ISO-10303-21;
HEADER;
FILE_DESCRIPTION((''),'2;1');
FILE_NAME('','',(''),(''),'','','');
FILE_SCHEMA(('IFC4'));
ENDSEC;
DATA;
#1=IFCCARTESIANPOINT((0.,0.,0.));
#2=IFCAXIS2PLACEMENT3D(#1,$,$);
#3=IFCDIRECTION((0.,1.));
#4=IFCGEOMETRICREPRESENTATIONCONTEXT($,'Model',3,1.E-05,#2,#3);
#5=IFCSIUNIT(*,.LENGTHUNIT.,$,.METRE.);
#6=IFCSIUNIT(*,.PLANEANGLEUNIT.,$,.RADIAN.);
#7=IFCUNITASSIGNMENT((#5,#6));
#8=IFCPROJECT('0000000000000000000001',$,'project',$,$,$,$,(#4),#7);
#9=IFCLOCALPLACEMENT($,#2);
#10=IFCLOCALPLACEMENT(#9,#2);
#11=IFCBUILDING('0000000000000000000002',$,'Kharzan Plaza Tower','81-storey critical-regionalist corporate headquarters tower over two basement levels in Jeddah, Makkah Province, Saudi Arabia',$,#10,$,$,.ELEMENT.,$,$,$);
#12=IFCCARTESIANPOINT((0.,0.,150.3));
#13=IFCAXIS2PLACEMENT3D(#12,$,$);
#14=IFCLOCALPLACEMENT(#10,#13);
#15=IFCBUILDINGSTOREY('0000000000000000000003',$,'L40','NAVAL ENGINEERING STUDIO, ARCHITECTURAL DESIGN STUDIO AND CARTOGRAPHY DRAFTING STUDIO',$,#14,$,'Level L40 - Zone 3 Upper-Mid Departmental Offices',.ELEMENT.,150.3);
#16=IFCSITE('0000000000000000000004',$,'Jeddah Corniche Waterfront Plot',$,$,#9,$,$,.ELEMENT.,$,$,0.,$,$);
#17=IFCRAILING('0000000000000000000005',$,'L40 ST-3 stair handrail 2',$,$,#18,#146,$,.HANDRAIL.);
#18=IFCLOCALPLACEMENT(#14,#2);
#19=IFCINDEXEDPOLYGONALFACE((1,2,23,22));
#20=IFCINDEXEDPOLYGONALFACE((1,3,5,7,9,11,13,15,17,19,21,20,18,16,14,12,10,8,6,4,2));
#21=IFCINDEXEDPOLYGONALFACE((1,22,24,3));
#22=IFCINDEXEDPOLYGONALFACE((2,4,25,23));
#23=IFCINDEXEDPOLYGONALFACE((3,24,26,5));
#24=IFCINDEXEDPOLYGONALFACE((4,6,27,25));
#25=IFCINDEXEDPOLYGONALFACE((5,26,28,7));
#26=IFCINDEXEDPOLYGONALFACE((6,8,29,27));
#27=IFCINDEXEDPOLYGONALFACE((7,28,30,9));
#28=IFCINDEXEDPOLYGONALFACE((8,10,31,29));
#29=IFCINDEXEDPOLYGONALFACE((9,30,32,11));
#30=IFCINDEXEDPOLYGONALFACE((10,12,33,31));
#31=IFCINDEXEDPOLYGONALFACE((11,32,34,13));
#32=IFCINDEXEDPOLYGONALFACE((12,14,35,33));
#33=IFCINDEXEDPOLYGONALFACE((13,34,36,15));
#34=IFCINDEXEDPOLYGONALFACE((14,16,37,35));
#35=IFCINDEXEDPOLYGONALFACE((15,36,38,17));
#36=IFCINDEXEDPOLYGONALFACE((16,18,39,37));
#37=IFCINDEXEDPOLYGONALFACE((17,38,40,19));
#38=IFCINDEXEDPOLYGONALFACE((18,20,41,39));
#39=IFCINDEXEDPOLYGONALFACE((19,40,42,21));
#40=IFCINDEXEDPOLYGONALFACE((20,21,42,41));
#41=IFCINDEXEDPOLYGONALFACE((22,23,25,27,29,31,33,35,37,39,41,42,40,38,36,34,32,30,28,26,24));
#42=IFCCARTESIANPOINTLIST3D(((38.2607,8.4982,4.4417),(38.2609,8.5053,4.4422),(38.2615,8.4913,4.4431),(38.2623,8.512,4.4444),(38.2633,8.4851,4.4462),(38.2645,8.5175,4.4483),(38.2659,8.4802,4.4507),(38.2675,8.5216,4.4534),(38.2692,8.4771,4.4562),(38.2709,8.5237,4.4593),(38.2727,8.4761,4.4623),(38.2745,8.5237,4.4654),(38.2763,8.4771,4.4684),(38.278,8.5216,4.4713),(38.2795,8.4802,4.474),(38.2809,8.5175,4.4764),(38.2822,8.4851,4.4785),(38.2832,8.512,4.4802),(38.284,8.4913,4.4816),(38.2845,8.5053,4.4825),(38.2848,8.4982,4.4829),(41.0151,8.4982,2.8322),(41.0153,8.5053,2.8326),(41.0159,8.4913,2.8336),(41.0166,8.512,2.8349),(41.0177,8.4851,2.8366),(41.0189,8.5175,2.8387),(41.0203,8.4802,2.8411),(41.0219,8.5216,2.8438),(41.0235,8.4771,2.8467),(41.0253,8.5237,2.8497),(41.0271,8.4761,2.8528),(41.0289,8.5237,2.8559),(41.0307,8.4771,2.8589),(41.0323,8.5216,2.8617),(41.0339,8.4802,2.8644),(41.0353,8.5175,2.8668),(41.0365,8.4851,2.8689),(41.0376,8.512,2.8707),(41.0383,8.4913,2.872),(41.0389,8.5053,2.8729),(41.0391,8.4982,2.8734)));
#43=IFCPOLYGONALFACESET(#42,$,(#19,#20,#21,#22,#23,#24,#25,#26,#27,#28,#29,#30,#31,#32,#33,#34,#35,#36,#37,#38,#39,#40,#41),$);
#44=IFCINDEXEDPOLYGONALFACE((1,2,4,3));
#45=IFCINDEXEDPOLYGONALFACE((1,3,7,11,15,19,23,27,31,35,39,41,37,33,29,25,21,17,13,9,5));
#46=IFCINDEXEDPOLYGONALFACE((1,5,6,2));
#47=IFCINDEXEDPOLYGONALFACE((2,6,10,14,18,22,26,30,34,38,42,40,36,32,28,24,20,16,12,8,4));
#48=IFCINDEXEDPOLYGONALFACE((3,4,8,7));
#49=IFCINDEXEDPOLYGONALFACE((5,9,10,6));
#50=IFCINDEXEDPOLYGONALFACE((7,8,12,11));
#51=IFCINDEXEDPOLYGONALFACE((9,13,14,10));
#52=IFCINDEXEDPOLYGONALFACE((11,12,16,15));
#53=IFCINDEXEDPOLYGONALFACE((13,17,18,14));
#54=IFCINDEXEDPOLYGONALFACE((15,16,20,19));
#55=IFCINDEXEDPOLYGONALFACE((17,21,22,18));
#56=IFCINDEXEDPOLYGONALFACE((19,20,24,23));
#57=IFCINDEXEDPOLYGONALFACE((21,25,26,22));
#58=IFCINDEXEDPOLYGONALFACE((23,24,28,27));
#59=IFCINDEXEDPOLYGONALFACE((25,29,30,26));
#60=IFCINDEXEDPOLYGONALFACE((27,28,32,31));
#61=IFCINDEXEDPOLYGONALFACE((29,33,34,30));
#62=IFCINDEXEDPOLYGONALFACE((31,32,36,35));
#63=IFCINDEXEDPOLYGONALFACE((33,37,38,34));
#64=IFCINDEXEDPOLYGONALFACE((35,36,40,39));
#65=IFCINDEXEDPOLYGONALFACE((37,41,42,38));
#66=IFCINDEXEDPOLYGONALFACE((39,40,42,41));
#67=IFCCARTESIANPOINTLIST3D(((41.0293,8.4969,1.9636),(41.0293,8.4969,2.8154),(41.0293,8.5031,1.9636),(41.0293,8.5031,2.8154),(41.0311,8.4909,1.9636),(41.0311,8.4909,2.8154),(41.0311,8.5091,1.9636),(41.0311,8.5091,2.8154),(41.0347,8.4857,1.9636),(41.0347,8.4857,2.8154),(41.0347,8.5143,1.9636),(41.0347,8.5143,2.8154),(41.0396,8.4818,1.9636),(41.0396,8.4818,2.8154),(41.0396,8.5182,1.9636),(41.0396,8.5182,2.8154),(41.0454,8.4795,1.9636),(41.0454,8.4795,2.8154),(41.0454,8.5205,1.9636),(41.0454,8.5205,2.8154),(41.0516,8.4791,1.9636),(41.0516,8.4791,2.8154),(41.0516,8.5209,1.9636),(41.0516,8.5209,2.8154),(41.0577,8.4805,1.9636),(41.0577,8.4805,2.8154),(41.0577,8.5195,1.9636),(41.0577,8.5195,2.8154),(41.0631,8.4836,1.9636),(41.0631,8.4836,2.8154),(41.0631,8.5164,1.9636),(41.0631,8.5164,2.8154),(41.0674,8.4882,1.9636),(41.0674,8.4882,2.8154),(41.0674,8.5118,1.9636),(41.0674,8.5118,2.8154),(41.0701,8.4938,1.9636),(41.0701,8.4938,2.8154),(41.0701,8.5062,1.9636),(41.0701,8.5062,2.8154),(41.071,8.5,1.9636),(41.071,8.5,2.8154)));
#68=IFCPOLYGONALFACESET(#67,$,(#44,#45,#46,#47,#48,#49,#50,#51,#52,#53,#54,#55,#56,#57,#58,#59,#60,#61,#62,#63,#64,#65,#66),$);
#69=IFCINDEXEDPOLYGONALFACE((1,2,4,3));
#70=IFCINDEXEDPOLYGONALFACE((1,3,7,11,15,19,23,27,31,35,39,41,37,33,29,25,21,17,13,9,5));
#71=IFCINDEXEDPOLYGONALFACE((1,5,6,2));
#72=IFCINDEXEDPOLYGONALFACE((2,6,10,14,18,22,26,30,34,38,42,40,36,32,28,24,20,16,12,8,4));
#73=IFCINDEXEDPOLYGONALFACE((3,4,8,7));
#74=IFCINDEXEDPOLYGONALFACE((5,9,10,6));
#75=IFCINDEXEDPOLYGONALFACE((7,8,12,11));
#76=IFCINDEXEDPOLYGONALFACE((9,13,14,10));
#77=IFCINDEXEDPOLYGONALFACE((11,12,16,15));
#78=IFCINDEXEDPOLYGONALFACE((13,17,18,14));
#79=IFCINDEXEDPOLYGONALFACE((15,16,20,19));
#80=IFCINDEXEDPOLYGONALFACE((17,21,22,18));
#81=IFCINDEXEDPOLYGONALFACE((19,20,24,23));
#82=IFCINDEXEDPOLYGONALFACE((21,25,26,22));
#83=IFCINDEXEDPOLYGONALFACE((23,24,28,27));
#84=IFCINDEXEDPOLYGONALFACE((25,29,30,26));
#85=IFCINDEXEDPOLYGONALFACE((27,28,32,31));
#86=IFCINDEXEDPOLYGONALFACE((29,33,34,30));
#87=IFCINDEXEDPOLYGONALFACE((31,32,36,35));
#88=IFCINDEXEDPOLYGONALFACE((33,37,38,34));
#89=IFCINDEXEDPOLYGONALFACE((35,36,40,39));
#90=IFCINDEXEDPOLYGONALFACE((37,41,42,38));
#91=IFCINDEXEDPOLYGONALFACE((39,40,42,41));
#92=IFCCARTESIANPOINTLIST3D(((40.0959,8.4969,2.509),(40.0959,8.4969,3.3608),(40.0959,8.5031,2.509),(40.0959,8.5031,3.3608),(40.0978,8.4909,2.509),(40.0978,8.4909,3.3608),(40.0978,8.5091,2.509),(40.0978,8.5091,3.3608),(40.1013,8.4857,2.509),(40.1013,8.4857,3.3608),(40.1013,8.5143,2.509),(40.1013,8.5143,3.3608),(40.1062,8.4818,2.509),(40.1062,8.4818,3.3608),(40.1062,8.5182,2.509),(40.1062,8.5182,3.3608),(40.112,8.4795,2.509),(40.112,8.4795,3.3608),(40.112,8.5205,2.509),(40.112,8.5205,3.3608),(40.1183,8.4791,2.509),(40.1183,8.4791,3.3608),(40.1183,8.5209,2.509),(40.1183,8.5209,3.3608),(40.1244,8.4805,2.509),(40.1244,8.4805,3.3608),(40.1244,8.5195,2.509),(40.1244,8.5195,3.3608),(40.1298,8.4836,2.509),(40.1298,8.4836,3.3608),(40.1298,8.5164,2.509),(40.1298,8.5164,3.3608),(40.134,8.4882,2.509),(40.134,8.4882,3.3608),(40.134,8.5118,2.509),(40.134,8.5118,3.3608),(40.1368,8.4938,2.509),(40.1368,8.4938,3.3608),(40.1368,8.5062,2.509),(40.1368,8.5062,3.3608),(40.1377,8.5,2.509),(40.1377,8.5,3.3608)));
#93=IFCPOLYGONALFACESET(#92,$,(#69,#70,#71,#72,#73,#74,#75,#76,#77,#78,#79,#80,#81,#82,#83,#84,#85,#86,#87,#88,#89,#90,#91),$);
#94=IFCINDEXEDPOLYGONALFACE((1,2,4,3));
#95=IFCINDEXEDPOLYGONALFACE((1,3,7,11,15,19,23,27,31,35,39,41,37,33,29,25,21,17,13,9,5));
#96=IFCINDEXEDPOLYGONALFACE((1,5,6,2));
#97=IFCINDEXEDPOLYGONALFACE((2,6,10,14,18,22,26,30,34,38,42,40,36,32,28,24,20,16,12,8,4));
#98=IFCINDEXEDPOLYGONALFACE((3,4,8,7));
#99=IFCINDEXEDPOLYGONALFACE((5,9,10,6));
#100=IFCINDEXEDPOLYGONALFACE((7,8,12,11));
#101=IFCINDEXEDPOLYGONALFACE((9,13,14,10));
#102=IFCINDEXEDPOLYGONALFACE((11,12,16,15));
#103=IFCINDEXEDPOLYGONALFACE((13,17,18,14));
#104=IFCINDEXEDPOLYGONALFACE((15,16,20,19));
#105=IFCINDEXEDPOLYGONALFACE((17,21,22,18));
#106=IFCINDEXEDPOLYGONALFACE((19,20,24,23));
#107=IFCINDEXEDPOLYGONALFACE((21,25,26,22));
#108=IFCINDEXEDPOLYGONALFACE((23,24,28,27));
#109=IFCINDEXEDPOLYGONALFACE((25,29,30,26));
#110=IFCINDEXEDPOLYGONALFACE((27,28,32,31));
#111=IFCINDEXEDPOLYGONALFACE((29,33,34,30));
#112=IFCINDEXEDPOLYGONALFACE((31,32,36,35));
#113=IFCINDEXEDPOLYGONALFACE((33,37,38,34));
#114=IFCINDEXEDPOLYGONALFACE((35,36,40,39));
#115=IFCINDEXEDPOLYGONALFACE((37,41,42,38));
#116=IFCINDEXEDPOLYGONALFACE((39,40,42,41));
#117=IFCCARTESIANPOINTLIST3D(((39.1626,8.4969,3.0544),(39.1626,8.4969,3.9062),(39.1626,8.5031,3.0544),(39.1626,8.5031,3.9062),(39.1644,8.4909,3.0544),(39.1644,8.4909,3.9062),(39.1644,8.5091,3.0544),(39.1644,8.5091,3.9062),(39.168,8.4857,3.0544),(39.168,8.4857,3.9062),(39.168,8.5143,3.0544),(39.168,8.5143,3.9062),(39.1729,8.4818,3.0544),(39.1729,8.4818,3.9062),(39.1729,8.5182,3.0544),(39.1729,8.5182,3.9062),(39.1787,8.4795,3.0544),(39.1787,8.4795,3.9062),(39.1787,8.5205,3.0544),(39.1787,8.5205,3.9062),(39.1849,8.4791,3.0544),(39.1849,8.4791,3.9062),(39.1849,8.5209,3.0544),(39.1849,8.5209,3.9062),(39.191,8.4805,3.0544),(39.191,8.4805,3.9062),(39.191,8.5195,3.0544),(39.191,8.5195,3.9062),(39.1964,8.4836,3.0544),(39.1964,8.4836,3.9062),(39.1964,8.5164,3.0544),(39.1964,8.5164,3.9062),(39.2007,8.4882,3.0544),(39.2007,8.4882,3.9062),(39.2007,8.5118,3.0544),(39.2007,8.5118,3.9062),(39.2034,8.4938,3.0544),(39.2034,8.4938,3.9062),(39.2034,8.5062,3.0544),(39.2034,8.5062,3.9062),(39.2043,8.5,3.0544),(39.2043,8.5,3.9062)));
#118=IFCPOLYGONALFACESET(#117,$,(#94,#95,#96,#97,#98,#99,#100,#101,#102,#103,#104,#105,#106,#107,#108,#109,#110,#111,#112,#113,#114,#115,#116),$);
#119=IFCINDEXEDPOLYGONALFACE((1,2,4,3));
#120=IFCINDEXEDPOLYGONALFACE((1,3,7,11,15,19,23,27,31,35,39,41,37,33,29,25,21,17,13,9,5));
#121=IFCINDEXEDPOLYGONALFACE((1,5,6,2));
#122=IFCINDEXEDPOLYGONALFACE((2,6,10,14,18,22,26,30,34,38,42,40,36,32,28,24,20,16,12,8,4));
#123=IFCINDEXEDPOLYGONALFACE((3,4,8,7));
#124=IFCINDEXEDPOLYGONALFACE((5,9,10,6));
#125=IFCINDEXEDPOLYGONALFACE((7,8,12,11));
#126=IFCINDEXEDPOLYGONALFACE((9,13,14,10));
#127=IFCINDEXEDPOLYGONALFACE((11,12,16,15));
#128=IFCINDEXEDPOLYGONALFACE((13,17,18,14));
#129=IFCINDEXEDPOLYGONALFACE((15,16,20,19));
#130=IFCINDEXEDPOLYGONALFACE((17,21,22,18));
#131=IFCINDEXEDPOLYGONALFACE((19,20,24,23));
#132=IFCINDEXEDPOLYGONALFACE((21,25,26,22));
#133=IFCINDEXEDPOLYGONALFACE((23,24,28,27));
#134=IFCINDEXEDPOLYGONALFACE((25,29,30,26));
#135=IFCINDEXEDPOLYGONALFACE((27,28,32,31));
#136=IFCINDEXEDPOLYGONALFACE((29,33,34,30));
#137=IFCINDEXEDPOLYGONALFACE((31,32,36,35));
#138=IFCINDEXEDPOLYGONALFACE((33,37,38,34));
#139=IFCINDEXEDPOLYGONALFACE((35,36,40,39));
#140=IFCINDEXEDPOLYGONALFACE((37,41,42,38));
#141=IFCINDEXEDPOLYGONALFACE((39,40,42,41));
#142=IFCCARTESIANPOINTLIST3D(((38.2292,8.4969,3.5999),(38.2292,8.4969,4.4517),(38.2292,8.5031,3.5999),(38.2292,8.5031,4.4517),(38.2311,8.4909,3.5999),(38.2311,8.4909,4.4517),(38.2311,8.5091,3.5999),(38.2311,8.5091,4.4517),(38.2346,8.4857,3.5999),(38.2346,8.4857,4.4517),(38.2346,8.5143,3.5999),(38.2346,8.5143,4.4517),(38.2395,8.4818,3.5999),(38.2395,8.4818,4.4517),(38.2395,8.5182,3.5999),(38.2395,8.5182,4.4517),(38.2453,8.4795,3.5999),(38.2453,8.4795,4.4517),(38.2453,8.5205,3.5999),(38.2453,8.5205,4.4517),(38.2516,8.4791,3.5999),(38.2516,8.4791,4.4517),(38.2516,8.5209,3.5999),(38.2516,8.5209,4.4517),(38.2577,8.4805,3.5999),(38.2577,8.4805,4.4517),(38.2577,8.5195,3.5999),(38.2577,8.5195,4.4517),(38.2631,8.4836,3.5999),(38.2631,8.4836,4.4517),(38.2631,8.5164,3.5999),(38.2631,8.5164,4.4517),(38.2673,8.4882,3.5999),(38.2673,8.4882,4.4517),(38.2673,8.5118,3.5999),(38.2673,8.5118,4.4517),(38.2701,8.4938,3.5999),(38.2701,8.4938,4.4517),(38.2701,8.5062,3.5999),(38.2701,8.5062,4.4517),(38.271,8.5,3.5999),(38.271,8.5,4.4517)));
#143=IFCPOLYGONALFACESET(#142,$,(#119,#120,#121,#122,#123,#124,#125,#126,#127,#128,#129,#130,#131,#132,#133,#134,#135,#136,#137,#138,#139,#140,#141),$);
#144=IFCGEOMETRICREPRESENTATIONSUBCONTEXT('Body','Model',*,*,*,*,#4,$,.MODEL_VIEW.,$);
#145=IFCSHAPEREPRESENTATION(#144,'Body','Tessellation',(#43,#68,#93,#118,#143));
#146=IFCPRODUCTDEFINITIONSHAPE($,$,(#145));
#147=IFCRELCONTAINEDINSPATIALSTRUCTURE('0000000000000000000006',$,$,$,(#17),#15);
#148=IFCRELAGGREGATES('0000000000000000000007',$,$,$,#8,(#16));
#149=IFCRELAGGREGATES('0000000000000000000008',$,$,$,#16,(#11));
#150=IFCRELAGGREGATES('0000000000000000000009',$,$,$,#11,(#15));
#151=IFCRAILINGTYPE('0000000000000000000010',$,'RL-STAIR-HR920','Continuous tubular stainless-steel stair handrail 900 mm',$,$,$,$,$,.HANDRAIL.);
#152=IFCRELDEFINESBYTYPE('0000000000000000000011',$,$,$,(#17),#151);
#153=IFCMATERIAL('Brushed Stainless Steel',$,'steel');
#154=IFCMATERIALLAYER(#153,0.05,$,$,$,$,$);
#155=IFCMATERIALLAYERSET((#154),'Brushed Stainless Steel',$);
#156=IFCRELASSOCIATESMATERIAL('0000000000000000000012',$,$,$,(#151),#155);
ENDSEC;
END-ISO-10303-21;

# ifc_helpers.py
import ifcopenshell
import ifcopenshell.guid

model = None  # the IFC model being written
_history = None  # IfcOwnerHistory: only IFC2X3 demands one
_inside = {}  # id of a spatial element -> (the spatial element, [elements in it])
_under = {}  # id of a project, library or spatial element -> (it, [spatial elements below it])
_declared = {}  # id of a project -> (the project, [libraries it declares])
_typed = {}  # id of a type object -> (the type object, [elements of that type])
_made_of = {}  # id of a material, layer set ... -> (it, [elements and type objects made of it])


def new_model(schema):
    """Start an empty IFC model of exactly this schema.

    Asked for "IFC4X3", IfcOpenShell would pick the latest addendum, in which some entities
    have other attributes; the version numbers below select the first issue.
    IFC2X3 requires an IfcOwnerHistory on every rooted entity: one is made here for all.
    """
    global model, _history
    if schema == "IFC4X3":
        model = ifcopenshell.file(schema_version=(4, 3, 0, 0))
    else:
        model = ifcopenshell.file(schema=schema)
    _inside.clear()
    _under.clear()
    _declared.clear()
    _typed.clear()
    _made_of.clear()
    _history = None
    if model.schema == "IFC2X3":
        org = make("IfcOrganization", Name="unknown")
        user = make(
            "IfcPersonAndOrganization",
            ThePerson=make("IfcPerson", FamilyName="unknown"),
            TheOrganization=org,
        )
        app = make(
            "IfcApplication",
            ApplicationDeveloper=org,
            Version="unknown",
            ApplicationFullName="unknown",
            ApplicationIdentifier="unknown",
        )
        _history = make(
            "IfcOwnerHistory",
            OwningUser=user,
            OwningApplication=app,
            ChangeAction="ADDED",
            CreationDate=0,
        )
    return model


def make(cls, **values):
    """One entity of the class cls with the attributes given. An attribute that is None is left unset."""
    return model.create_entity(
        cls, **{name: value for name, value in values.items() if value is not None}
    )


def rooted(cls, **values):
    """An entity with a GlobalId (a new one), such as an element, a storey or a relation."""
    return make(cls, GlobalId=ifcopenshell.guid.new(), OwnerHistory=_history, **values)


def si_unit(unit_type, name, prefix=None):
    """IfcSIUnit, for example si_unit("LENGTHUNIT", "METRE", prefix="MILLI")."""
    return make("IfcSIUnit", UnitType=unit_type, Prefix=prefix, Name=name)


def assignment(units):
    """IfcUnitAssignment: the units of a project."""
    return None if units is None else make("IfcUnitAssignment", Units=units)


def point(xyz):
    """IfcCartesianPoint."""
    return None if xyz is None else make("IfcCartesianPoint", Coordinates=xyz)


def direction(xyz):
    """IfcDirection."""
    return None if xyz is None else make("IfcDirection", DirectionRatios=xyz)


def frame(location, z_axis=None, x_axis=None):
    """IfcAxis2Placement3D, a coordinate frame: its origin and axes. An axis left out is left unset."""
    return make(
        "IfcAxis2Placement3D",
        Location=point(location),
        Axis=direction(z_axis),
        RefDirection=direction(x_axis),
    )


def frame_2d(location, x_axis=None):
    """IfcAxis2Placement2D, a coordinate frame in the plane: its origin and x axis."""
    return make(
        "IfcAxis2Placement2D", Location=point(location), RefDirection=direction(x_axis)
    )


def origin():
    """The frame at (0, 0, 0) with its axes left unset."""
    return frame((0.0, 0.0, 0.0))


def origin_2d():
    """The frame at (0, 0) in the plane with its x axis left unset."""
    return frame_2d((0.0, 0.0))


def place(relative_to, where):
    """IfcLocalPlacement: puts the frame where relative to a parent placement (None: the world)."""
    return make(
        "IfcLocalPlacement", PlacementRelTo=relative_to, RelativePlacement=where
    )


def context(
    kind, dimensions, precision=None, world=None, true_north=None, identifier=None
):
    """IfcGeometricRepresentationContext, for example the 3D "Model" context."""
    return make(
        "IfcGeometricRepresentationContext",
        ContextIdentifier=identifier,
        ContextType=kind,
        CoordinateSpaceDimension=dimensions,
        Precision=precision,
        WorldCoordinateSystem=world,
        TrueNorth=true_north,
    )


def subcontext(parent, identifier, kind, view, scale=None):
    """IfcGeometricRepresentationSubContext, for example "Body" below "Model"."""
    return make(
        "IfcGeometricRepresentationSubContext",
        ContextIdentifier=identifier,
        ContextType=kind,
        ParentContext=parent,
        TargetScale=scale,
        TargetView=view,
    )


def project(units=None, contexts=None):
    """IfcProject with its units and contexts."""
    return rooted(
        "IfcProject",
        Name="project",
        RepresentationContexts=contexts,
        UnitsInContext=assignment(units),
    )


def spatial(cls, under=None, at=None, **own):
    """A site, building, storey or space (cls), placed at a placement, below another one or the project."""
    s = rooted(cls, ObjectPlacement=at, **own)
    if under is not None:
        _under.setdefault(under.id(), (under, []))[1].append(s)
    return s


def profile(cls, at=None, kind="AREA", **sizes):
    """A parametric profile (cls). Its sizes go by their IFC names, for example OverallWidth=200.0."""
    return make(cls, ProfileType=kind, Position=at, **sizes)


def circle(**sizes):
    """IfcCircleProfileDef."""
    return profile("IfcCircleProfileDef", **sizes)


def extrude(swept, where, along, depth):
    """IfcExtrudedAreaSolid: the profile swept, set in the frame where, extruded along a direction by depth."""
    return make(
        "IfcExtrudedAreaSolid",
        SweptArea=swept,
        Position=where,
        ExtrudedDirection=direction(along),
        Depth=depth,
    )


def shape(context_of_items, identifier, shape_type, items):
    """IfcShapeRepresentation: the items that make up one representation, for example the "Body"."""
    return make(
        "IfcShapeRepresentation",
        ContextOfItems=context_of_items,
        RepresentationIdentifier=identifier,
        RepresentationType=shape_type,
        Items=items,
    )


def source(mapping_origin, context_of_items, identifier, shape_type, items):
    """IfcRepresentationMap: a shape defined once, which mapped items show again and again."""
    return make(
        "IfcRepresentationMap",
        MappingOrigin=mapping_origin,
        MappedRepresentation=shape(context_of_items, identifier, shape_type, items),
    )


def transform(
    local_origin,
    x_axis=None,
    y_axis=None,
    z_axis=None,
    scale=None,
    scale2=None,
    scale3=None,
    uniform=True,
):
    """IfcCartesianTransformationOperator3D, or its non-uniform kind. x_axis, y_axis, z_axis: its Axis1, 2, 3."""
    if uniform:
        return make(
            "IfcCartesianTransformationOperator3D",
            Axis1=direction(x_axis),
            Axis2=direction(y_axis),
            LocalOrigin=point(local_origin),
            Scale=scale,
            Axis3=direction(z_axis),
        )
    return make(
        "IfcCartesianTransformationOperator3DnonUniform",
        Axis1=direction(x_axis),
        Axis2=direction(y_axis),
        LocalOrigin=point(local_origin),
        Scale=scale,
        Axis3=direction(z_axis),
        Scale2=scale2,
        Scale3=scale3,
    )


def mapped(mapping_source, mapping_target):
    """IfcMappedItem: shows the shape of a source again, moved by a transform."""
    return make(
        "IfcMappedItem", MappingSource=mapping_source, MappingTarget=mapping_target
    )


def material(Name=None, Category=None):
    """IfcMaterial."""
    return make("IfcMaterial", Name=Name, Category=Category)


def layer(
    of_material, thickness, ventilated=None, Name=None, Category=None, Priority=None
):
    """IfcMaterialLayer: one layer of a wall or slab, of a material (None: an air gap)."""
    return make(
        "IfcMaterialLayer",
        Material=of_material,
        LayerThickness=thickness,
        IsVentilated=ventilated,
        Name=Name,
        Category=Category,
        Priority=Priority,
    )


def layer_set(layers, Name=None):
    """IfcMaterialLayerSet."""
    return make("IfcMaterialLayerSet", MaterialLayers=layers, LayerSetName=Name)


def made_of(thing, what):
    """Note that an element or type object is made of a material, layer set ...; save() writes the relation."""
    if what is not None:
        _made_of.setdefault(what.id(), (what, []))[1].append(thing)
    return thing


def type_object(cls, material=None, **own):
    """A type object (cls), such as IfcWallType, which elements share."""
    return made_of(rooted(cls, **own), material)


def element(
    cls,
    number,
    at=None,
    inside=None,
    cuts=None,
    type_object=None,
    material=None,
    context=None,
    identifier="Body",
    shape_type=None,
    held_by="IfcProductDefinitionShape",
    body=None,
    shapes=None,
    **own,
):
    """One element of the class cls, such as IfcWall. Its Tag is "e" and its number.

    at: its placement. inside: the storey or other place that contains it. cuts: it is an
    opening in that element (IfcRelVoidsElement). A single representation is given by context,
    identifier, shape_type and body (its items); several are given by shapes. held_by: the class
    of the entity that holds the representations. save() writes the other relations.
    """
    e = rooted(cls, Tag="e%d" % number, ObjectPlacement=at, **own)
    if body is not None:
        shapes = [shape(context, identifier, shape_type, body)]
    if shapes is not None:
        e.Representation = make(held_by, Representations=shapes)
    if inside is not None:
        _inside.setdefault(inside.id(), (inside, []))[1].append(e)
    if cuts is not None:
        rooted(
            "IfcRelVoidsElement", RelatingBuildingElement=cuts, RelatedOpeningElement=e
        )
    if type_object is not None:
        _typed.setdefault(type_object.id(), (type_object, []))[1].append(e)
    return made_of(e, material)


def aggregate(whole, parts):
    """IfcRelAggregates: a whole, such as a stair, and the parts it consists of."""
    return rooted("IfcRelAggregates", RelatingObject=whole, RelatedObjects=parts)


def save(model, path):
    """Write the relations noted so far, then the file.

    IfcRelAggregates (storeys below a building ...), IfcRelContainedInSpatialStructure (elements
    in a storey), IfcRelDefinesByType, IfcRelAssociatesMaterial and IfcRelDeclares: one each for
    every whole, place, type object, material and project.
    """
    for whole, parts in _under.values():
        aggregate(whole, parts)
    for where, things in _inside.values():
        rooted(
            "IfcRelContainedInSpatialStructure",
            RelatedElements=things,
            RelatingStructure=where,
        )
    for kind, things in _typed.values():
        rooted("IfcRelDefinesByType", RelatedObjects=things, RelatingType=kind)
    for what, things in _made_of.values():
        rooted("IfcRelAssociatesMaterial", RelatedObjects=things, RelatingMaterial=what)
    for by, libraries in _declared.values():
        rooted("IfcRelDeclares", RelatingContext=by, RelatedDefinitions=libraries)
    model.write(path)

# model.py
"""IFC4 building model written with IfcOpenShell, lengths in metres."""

from ifc_helpers import new_model, si_unit, direction, frame, origin, origin_2d, place, context, subcontext, project, spatial, circle, extrude, source, transform, mapped, material, layer, layer_set, type_object, element, save


model = new_model("IFC4")

# Units and contexts
model_context = context("Model", 3, precision=1e-05, world=origin(), true_north=direction((0.0, 1.0)))
body_context = subcontext(model_context, "Body", "Model", "MODEL_VIEW")
ifc_project = project(units=[si_unit("LENGTHUNIT", "METRE"), si_unit("PLANEANGLEUNIT", "RADIAN")], contexts=[model_context])

# Site, building, storey
site_placement = place(None, origin())
site = spatial("IfcSite", under=ifc_project, at=site_placement, Name="Jeddah Corniche Waterfront Plot", CompositionType="ELEMENT", RefElevation=0.0)
building_placement = place(site_placement, origin())
building = spatial("IfcBuilding", under=site, at=building_placement, Name="Kharzan Plaza Tower", Description="81-storey critical-regionalist corporate headquarters tower over two basement levels in Jeddah, Makkah Province, Saudi Arabia", CompositionType="ELEMENT")
storey_placement = place(building_placement, frame((0.0, 0.0, 150.3)))
storey = spatial("IfcBuildingStorey", under=building, at=storey_placement, Name="L40", Description="NAVAL ENGINEERING STUDIO, ARCHITECTURAL DESIGN STUDIO AND CARTOGRAPHY DRAFTING STUDIO", LongName="Level L40 - Zone 3 Upper-Mid Departmental Offices", CompositionType="ELEMENT", Elevation=150.3)

# Shared definitions
ifc_material_1 = material(Name="Brushed Stainless Steel", Category="steel")

# Railing
ifc_layer_1 = layer(ifc_material_1, 0.05)
ifc_layer_set_1 = layer_set([ifc_layer_1], Name="Brushed Stainless Steel")
railing_type_1 = type_object("IfcRailingType", Name="RL-STAIR-HR920", Description="Continuous tubular stainless-steel stair handrail 900 mm", PredefinedType="HANDRAIL", material=ifc_layer_set_1)
shared_shape_1 = source(origin(), body_context, "Body", "SweptSolid", [
    extrude(circle(Radius=0.0239, at=origin_2d()), frame((-0.0229, 0.0, 0.8892), z_axis=(-0.863394, 0.0, 0.504531), x_axis=(0.0, -1.0, 0.0)), (0.0, 0.0, 1.0), 3.1902),
    extrude(circle(Radius=0.021, at=origin_2d()), origin(), (0.0, 0.0, 1.0), 0.8518),
    extrude(circle(Radius=0.021, at=origin_2d()), frame((-0.9333, 0.0, 0.5454)), (0.0, 0.0, 1.0), 0.8518),
    extrude(circle(Radius=0.021, at=origin_2d()), frame((-1.8667, 0.0, 1.0908)), (0.0, 0.0, 1.0), 0.8518),
    extrude(circle(Radius=0.021, at=origin_2d()), frame((-2.8, 0.0, 1.6362)), (0.0, 0.0, 1.0), 0.8518),
])
railing_1_placement = place(storey_placement, frame((41.05, 8.5, 1.9636)))
element("IfcRailing", 1, at=railing_1_placement, inside=storey, type_object=railing_type_1, Name="L40 ST-3 stair handrail 2", PredefinedType="HANDRAIL", context=body_context, shape_type="MappedRepresentation", body=[
    mapped(shared_shape_1, transform((0.0, 0.0, 0.0), x_axis=(1.0, 0.0, 0.0), y_axis=(0.0, 1.0, 0.0), z_axis=(0.0, 0.0, 1.0))),
])

save(model, "model.ifc")
